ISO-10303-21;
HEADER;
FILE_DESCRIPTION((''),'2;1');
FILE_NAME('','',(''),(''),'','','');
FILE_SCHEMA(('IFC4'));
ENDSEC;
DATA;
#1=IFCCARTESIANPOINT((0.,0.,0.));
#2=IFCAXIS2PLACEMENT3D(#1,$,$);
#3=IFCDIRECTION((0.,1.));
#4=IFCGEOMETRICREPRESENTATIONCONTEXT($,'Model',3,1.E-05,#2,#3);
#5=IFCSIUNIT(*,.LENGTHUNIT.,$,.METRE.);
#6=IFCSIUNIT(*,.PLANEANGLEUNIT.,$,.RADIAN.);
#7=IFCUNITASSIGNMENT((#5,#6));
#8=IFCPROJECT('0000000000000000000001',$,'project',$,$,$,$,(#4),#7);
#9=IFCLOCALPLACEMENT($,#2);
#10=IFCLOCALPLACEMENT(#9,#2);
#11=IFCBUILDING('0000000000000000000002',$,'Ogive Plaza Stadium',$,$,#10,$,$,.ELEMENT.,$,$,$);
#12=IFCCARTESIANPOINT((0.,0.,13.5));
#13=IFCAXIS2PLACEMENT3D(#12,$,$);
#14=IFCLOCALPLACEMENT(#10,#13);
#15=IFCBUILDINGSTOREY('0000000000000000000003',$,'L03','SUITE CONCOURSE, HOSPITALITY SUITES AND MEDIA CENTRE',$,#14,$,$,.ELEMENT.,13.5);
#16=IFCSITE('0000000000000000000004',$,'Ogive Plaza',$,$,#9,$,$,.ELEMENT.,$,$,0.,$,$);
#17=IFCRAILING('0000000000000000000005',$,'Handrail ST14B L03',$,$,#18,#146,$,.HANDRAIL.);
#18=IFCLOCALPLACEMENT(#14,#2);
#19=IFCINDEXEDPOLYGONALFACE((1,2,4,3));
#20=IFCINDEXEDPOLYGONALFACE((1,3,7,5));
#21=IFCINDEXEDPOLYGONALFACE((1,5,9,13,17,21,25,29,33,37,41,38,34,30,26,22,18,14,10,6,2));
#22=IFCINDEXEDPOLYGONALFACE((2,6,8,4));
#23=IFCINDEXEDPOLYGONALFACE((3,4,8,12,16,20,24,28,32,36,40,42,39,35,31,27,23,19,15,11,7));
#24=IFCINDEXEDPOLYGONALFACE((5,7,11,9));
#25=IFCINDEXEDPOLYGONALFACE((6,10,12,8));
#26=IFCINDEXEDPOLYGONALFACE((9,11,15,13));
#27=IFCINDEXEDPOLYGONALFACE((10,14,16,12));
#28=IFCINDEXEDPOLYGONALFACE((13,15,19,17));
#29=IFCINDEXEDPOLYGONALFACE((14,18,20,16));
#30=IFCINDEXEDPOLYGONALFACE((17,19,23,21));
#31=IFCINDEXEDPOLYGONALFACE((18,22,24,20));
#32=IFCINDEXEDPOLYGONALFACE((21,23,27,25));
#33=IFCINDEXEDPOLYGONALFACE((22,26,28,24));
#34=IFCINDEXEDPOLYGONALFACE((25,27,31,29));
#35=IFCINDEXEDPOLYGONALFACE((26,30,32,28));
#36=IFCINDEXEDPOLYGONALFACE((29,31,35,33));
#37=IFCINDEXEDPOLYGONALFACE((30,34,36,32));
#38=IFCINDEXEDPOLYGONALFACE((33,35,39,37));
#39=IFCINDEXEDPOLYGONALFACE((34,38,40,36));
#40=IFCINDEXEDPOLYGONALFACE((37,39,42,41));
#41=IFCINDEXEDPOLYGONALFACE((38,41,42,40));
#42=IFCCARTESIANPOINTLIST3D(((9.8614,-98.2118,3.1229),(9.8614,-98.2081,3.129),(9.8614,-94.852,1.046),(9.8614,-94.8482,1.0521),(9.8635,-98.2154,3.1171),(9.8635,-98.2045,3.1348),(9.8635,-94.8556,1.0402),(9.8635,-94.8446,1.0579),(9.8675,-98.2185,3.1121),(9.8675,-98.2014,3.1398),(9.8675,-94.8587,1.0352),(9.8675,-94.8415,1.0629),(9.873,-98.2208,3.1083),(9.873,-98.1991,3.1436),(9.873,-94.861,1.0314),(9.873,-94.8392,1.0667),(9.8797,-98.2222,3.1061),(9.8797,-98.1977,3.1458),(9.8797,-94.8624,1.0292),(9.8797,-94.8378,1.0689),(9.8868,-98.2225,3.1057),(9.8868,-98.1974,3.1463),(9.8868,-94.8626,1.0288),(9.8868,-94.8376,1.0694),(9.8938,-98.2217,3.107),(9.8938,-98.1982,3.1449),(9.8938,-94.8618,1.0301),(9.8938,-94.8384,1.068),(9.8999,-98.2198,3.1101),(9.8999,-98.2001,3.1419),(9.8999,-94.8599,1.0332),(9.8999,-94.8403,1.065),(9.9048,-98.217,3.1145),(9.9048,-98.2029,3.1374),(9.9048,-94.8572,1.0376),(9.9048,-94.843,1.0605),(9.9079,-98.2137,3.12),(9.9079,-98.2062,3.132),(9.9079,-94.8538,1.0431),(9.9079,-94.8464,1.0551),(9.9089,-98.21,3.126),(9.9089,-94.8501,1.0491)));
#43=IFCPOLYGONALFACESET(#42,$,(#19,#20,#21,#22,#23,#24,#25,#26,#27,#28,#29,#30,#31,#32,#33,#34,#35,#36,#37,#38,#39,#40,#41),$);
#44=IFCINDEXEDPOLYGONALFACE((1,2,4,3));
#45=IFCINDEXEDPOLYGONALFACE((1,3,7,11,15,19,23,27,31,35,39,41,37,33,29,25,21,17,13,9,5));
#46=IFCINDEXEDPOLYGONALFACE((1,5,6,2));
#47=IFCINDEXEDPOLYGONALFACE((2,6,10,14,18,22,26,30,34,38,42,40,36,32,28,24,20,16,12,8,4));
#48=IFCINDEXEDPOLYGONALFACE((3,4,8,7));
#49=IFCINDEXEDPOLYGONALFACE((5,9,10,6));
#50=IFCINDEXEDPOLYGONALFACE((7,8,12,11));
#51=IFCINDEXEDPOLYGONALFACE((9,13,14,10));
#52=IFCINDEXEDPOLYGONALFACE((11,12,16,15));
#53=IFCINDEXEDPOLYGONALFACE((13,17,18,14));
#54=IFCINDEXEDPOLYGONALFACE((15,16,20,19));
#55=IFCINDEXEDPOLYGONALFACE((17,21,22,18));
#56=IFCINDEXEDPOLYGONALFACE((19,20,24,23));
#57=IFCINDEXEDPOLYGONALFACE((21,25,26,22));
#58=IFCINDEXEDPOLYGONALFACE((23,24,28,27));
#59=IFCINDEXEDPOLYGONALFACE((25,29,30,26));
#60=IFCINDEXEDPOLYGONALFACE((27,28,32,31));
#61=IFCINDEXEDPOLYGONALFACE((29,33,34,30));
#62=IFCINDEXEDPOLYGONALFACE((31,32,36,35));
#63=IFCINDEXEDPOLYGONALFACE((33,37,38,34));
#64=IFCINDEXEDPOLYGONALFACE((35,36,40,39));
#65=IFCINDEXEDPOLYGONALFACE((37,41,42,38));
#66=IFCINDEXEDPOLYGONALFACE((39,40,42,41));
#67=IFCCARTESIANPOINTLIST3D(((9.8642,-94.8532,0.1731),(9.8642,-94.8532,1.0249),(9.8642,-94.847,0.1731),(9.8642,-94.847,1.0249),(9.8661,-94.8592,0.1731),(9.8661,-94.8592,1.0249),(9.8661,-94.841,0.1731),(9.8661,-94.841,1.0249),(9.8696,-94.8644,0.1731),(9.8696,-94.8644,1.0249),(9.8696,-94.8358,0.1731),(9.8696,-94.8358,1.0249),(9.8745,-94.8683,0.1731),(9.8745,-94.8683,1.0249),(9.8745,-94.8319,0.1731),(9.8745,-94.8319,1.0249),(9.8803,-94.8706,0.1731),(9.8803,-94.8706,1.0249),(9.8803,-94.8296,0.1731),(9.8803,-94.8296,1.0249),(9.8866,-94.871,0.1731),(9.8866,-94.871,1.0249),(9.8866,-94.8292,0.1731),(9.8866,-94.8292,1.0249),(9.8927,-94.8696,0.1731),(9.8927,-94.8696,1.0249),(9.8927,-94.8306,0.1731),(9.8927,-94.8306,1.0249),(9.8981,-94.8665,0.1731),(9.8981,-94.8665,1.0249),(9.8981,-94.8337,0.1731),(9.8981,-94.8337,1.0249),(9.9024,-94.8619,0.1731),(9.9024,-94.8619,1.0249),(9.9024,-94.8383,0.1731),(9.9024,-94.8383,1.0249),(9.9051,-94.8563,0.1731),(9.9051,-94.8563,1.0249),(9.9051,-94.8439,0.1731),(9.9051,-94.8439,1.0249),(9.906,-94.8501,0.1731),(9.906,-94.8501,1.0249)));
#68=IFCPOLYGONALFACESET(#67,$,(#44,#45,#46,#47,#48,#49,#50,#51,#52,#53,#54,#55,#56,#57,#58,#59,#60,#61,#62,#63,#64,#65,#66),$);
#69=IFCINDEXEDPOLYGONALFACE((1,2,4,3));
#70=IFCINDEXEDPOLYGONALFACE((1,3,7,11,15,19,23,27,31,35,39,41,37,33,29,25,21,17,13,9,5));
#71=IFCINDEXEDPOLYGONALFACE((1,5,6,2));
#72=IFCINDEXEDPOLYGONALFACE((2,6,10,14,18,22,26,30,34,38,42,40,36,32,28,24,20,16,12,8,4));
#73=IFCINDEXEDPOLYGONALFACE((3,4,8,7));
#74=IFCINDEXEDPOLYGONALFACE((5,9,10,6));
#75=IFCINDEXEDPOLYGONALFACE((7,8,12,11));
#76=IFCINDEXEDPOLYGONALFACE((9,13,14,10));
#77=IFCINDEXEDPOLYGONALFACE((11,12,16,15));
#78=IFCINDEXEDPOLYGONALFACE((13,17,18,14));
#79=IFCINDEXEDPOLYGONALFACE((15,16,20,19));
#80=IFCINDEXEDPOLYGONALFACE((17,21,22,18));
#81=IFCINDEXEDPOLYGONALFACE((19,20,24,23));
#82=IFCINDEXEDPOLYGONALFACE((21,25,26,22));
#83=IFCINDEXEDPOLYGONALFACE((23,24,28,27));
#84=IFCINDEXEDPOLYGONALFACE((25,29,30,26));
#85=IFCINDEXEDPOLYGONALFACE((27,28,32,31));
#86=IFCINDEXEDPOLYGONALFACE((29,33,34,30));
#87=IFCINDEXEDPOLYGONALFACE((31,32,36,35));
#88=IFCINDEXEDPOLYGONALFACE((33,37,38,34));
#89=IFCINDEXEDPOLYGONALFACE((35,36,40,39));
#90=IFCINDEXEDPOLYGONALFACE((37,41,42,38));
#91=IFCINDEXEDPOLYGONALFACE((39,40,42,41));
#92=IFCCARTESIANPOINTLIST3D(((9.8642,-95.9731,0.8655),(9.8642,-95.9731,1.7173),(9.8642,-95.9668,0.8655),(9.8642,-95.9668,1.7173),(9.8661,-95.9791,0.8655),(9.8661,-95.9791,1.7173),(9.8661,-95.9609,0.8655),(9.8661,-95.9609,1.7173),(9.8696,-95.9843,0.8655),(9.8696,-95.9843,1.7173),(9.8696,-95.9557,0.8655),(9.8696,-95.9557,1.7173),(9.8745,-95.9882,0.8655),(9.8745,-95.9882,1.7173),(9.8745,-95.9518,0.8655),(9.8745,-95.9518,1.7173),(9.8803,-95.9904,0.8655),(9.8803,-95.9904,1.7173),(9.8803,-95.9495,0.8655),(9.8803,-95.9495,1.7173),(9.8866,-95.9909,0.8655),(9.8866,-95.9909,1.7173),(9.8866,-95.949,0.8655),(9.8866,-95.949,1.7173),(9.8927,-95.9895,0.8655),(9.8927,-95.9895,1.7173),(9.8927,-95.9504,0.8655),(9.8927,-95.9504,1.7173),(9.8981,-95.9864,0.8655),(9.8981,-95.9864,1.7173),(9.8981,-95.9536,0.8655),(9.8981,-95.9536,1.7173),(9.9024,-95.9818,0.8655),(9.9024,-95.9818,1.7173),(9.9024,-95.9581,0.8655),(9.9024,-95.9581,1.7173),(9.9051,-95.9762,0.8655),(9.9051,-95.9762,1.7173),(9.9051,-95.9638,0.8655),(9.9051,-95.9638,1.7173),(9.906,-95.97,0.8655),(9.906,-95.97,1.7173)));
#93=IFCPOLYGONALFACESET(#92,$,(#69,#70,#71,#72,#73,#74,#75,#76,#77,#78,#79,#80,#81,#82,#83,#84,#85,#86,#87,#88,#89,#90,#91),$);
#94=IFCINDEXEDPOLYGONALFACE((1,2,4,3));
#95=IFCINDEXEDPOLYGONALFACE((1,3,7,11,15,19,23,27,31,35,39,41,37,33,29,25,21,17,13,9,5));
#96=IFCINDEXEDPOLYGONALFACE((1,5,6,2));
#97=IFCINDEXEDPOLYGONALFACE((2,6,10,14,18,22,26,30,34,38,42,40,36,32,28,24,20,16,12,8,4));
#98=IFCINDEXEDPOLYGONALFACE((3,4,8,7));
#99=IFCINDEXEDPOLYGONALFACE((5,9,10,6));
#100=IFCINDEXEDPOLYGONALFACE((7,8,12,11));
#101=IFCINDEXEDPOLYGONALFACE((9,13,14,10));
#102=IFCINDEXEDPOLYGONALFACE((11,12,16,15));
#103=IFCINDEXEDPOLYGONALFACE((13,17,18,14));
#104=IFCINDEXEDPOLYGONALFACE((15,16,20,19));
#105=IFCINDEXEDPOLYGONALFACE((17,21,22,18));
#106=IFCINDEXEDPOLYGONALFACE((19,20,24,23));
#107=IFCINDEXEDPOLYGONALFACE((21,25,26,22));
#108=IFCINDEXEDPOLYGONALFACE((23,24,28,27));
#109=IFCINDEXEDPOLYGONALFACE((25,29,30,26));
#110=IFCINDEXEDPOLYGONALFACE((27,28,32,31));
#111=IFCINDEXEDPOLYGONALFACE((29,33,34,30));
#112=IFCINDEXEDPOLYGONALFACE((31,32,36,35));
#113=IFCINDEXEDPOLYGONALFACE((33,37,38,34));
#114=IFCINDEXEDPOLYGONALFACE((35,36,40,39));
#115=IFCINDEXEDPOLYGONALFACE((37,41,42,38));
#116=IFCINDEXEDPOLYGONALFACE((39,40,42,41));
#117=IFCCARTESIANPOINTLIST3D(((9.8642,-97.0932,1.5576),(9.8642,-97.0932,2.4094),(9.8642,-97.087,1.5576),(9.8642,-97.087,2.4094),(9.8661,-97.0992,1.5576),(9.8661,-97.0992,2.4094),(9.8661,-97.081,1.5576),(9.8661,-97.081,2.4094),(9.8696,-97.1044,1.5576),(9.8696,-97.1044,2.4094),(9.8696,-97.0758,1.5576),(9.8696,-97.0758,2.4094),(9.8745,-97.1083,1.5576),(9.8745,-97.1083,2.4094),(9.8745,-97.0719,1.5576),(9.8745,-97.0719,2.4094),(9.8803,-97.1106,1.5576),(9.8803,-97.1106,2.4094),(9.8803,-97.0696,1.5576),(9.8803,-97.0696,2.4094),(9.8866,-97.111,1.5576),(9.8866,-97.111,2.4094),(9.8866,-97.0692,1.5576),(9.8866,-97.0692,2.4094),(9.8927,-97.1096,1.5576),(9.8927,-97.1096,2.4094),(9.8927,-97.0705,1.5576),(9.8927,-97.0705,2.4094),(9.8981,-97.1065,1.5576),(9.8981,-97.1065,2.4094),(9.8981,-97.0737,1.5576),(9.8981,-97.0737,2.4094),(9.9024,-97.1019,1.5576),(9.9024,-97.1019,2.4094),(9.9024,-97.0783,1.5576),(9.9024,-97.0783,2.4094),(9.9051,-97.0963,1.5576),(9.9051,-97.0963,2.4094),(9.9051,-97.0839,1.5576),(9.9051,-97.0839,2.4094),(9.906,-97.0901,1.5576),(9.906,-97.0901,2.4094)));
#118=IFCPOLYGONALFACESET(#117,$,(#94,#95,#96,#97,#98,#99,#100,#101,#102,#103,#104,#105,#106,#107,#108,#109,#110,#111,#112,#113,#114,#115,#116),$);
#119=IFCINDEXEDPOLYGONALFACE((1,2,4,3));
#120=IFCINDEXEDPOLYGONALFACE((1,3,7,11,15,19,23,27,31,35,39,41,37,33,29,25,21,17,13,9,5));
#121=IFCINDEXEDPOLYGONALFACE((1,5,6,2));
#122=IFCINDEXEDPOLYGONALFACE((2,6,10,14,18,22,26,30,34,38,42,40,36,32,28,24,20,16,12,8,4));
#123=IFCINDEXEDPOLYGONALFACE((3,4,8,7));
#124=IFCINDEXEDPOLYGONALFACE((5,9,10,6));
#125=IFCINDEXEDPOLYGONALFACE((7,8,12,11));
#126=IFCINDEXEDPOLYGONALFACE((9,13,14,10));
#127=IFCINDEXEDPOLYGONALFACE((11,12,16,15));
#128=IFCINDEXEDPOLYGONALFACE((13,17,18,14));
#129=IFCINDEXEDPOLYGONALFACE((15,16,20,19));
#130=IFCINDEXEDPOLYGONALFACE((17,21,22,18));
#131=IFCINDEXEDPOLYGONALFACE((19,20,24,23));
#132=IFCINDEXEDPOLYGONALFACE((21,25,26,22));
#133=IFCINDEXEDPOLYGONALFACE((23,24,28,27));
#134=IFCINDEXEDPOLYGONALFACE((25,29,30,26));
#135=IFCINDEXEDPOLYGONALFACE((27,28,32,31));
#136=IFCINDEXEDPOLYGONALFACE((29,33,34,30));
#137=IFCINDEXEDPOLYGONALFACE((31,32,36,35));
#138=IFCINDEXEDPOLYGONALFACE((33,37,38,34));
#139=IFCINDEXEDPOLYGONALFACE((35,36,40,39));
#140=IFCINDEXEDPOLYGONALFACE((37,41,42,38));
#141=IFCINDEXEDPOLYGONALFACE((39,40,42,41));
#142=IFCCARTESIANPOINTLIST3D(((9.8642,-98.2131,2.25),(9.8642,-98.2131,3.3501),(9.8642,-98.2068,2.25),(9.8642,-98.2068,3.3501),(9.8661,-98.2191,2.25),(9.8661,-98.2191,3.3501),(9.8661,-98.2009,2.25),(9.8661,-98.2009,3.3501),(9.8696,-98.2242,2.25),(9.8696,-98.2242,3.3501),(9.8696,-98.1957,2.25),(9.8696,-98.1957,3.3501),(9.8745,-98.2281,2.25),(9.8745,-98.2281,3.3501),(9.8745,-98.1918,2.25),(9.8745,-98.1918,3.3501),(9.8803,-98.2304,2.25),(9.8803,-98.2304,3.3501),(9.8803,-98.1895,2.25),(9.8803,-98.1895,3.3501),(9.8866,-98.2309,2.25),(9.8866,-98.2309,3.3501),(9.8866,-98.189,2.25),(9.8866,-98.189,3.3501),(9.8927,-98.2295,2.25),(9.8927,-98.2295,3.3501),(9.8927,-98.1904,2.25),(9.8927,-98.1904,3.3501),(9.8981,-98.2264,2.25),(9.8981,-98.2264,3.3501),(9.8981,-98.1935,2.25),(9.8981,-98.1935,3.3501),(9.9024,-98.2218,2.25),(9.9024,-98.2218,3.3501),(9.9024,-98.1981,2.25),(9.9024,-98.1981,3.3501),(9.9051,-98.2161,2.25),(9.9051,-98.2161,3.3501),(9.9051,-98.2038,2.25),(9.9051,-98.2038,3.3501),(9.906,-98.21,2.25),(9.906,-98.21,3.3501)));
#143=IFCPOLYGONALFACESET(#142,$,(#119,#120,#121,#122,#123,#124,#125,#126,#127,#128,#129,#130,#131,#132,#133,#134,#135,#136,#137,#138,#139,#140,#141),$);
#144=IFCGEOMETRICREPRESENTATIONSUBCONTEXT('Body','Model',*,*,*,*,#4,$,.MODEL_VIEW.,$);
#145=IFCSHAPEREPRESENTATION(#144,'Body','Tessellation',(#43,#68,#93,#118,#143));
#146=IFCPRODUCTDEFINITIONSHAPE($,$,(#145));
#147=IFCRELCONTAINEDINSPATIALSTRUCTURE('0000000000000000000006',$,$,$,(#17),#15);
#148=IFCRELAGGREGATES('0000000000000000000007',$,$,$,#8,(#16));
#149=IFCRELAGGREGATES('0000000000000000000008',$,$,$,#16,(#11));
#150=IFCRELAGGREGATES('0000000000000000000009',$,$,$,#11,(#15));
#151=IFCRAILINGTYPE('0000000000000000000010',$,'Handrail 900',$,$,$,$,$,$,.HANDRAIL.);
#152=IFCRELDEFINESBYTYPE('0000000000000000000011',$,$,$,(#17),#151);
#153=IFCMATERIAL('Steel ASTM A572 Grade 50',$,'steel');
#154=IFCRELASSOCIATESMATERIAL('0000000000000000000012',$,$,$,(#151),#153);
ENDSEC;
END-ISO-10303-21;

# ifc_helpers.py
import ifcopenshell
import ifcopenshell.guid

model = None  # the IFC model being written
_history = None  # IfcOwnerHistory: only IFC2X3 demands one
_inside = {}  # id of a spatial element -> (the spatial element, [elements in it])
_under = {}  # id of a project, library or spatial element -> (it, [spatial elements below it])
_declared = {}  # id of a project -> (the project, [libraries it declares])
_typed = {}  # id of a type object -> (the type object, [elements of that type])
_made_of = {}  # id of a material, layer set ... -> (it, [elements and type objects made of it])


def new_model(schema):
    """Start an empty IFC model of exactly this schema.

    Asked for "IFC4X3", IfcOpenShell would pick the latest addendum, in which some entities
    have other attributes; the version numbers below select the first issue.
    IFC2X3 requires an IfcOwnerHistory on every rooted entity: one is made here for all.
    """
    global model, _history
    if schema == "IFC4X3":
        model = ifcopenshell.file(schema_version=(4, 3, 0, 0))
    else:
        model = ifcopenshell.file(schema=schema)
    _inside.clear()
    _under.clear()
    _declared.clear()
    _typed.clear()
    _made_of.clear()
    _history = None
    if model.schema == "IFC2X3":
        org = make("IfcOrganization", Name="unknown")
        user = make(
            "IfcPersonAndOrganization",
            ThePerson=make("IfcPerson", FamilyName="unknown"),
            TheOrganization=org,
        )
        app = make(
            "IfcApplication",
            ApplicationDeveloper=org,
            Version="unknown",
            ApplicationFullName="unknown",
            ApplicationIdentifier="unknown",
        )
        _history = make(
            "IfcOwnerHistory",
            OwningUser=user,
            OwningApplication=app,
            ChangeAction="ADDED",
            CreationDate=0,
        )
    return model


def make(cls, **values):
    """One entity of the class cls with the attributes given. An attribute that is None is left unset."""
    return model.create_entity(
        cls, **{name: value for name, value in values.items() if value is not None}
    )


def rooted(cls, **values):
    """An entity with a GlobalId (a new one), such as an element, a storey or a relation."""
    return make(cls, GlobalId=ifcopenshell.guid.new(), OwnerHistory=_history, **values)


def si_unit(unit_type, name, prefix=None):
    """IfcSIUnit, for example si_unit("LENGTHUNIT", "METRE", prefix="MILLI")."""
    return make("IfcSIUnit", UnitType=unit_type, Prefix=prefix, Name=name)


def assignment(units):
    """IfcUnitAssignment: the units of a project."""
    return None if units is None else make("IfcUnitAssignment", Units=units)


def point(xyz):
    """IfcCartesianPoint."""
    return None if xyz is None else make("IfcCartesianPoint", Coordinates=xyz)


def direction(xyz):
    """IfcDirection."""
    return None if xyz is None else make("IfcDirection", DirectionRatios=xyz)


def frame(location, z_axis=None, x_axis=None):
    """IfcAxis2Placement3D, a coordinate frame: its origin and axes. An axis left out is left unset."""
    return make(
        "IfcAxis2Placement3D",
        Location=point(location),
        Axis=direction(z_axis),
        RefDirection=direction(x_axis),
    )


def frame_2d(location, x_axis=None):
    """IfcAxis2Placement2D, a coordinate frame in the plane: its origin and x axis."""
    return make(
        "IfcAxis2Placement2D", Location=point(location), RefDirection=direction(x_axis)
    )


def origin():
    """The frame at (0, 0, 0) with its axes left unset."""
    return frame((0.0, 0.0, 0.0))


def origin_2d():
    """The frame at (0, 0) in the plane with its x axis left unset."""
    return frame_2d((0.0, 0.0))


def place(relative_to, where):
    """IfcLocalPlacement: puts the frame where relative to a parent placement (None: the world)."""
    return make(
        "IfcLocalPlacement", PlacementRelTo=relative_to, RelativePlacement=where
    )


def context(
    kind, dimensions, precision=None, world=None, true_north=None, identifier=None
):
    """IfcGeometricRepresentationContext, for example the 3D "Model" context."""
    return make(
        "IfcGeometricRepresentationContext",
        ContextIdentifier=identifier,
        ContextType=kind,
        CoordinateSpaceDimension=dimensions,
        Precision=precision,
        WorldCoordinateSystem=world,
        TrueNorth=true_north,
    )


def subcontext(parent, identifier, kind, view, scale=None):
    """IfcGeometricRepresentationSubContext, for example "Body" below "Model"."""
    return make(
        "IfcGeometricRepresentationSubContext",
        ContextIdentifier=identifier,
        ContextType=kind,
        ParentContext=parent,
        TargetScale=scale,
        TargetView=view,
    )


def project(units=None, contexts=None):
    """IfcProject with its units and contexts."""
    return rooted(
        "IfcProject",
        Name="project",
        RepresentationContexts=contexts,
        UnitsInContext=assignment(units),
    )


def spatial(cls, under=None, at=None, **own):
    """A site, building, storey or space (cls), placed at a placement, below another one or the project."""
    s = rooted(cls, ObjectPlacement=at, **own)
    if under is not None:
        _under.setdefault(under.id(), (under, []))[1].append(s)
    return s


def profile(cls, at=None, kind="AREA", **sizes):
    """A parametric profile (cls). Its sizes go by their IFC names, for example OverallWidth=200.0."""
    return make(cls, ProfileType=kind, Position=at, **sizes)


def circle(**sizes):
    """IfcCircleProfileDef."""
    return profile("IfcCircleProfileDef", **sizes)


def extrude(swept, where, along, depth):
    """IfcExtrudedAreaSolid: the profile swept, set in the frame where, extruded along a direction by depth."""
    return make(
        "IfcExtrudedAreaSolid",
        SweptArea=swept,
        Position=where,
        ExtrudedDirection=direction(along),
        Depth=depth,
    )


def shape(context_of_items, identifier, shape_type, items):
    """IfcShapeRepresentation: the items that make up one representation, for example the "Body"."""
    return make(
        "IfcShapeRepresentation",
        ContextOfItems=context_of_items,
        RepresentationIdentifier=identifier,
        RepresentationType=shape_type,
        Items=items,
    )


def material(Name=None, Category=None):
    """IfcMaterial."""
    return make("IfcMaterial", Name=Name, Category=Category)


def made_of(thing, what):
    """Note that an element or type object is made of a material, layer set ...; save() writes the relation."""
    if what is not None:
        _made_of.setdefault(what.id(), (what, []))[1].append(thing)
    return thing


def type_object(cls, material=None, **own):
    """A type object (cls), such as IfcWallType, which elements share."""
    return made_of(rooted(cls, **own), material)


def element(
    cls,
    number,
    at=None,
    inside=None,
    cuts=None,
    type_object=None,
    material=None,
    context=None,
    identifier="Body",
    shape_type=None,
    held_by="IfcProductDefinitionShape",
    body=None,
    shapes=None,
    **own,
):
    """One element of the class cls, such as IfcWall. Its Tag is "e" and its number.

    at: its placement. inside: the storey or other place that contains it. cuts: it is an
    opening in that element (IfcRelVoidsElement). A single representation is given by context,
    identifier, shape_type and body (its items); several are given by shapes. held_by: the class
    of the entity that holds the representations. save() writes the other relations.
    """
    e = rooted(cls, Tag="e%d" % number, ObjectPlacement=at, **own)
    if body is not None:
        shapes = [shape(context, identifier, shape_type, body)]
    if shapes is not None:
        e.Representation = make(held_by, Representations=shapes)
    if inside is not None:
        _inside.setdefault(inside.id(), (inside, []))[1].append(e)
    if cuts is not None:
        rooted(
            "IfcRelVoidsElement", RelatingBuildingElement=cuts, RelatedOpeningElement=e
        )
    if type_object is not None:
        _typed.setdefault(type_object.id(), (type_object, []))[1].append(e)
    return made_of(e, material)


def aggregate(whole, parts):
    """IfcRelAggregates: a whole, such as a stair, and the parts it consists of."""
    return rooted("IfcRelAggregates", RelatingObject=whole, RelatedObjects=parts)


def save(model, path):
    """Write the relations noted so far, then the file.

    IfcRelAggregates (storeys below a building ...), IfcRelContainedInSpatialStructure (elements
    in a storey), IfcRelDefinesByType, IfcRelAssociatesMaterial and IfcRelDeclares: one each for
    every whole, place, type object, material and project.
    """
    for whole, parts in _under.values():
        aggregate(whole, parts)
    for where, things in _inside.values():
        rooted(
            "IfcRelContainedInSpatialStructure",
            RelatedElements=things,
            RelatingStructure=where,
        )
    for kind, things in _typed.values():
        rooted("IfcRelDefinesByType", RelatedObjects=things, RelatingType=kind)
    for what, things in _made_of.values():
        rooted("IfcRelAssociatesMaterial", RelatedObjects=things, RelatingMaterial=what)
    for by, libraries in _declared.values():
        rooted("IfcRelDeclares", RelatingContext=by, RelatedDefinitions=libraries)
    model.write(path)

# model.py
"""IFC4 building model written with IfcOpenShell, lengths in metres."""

from ifc_helpers import new_model, si_unit, direction, frame, origin, origin_2d, place, context, subcontext, project, spatial, circle, extrude, material, type_object, element, save


model = new_model("IFC4")

# Units and contexts
model_context = context("Model", 3, precision=1e-05, world=origin(), true_north=direction((0.0, 1.0)))
body_context = subcontext(model_context, "Body", "Model", "MODEL_VIEW")
ifc_project = project(units=[si_unit("LENGTHUNIT", "METRE"), si_unit("PLANEANGLEUNIT", "RADIAN")], contexts=[model_context])

# Site, building, storey
site_placement = place(None, origin())
site = spatial("IfcSite", under=ifc_project, at=site_placement, Name="Ogive Plaza", CompositionType="ELEMENT", RefElevation=0.0)
building_placement = place(site_placement, origin())
building = spatial("IfcBuilding", under=site, at=building_placement, Name="Ogive Plaza Stadium", CompositionType="ELEMENT")
storey_placement = place(building_placement, frame((0.0, 0.0, 13.5)))
storey = spatial("IfcBuildingStorey", under=building, at=storey_placement, Name="L03", Description="SUITE CONCOURSE, HOSPITALITY SUITES AND MEDIA CENTRE", CompositionType="ELEMENT", Elevation=13.5)

# Railing
ifc_material_1 = material(Name="Steel ASTM A572 Grade 50", Category="steel")
railing_type_1 = type_object("IfcRailingType", Name="Handrail 900", PredefinedType="HANDRAIL", material=ifc_material_1)
railing_placement = place(storey_placement, frame((9.885, -94.8501, 0.1731)))
element("IfcRailing", 1, at=railing_placement, inside=storey, type_object=railing_type_1, Name="Handrail ST14B L03", PredefinedType="HANDRAIL", context=body_context, shape_type="SweptSolid", body=[
    extrude(circle(Radius=0.0239, at=origin_2d()), frame((0.0, 0.0, 0.876), z_axis=(0.0, -0.850606, 0.525803), x_axis=(1.0, 0.0, 0.0)), (0.0, 0.0, 1.0), 3.95),
    extrude(circle(Radius=0.021, at=origin_2d()), origin(), (0.0, 0.0, 1.0), 0.8518),
    extrude(circle(Radius=0.021, at=origin_2d()), frame((0.0, -1.1199, 0.6924)), (0.0, 0.0, 1.0), 0.8518),
    extrude(circle(Radius=0.021, at=origin_2d()), frame((0.0, -2.24, 1.3845)), (0.0, 0.0, 1.0), 0.8518),
    extrude(circle(Radius=0.021, at=origin_2d()), frame((0.0, -3.3599, 2.0769)), (0.0, 0.0, 1.0), 1.1001),
])

save(model, "model.ifc")
